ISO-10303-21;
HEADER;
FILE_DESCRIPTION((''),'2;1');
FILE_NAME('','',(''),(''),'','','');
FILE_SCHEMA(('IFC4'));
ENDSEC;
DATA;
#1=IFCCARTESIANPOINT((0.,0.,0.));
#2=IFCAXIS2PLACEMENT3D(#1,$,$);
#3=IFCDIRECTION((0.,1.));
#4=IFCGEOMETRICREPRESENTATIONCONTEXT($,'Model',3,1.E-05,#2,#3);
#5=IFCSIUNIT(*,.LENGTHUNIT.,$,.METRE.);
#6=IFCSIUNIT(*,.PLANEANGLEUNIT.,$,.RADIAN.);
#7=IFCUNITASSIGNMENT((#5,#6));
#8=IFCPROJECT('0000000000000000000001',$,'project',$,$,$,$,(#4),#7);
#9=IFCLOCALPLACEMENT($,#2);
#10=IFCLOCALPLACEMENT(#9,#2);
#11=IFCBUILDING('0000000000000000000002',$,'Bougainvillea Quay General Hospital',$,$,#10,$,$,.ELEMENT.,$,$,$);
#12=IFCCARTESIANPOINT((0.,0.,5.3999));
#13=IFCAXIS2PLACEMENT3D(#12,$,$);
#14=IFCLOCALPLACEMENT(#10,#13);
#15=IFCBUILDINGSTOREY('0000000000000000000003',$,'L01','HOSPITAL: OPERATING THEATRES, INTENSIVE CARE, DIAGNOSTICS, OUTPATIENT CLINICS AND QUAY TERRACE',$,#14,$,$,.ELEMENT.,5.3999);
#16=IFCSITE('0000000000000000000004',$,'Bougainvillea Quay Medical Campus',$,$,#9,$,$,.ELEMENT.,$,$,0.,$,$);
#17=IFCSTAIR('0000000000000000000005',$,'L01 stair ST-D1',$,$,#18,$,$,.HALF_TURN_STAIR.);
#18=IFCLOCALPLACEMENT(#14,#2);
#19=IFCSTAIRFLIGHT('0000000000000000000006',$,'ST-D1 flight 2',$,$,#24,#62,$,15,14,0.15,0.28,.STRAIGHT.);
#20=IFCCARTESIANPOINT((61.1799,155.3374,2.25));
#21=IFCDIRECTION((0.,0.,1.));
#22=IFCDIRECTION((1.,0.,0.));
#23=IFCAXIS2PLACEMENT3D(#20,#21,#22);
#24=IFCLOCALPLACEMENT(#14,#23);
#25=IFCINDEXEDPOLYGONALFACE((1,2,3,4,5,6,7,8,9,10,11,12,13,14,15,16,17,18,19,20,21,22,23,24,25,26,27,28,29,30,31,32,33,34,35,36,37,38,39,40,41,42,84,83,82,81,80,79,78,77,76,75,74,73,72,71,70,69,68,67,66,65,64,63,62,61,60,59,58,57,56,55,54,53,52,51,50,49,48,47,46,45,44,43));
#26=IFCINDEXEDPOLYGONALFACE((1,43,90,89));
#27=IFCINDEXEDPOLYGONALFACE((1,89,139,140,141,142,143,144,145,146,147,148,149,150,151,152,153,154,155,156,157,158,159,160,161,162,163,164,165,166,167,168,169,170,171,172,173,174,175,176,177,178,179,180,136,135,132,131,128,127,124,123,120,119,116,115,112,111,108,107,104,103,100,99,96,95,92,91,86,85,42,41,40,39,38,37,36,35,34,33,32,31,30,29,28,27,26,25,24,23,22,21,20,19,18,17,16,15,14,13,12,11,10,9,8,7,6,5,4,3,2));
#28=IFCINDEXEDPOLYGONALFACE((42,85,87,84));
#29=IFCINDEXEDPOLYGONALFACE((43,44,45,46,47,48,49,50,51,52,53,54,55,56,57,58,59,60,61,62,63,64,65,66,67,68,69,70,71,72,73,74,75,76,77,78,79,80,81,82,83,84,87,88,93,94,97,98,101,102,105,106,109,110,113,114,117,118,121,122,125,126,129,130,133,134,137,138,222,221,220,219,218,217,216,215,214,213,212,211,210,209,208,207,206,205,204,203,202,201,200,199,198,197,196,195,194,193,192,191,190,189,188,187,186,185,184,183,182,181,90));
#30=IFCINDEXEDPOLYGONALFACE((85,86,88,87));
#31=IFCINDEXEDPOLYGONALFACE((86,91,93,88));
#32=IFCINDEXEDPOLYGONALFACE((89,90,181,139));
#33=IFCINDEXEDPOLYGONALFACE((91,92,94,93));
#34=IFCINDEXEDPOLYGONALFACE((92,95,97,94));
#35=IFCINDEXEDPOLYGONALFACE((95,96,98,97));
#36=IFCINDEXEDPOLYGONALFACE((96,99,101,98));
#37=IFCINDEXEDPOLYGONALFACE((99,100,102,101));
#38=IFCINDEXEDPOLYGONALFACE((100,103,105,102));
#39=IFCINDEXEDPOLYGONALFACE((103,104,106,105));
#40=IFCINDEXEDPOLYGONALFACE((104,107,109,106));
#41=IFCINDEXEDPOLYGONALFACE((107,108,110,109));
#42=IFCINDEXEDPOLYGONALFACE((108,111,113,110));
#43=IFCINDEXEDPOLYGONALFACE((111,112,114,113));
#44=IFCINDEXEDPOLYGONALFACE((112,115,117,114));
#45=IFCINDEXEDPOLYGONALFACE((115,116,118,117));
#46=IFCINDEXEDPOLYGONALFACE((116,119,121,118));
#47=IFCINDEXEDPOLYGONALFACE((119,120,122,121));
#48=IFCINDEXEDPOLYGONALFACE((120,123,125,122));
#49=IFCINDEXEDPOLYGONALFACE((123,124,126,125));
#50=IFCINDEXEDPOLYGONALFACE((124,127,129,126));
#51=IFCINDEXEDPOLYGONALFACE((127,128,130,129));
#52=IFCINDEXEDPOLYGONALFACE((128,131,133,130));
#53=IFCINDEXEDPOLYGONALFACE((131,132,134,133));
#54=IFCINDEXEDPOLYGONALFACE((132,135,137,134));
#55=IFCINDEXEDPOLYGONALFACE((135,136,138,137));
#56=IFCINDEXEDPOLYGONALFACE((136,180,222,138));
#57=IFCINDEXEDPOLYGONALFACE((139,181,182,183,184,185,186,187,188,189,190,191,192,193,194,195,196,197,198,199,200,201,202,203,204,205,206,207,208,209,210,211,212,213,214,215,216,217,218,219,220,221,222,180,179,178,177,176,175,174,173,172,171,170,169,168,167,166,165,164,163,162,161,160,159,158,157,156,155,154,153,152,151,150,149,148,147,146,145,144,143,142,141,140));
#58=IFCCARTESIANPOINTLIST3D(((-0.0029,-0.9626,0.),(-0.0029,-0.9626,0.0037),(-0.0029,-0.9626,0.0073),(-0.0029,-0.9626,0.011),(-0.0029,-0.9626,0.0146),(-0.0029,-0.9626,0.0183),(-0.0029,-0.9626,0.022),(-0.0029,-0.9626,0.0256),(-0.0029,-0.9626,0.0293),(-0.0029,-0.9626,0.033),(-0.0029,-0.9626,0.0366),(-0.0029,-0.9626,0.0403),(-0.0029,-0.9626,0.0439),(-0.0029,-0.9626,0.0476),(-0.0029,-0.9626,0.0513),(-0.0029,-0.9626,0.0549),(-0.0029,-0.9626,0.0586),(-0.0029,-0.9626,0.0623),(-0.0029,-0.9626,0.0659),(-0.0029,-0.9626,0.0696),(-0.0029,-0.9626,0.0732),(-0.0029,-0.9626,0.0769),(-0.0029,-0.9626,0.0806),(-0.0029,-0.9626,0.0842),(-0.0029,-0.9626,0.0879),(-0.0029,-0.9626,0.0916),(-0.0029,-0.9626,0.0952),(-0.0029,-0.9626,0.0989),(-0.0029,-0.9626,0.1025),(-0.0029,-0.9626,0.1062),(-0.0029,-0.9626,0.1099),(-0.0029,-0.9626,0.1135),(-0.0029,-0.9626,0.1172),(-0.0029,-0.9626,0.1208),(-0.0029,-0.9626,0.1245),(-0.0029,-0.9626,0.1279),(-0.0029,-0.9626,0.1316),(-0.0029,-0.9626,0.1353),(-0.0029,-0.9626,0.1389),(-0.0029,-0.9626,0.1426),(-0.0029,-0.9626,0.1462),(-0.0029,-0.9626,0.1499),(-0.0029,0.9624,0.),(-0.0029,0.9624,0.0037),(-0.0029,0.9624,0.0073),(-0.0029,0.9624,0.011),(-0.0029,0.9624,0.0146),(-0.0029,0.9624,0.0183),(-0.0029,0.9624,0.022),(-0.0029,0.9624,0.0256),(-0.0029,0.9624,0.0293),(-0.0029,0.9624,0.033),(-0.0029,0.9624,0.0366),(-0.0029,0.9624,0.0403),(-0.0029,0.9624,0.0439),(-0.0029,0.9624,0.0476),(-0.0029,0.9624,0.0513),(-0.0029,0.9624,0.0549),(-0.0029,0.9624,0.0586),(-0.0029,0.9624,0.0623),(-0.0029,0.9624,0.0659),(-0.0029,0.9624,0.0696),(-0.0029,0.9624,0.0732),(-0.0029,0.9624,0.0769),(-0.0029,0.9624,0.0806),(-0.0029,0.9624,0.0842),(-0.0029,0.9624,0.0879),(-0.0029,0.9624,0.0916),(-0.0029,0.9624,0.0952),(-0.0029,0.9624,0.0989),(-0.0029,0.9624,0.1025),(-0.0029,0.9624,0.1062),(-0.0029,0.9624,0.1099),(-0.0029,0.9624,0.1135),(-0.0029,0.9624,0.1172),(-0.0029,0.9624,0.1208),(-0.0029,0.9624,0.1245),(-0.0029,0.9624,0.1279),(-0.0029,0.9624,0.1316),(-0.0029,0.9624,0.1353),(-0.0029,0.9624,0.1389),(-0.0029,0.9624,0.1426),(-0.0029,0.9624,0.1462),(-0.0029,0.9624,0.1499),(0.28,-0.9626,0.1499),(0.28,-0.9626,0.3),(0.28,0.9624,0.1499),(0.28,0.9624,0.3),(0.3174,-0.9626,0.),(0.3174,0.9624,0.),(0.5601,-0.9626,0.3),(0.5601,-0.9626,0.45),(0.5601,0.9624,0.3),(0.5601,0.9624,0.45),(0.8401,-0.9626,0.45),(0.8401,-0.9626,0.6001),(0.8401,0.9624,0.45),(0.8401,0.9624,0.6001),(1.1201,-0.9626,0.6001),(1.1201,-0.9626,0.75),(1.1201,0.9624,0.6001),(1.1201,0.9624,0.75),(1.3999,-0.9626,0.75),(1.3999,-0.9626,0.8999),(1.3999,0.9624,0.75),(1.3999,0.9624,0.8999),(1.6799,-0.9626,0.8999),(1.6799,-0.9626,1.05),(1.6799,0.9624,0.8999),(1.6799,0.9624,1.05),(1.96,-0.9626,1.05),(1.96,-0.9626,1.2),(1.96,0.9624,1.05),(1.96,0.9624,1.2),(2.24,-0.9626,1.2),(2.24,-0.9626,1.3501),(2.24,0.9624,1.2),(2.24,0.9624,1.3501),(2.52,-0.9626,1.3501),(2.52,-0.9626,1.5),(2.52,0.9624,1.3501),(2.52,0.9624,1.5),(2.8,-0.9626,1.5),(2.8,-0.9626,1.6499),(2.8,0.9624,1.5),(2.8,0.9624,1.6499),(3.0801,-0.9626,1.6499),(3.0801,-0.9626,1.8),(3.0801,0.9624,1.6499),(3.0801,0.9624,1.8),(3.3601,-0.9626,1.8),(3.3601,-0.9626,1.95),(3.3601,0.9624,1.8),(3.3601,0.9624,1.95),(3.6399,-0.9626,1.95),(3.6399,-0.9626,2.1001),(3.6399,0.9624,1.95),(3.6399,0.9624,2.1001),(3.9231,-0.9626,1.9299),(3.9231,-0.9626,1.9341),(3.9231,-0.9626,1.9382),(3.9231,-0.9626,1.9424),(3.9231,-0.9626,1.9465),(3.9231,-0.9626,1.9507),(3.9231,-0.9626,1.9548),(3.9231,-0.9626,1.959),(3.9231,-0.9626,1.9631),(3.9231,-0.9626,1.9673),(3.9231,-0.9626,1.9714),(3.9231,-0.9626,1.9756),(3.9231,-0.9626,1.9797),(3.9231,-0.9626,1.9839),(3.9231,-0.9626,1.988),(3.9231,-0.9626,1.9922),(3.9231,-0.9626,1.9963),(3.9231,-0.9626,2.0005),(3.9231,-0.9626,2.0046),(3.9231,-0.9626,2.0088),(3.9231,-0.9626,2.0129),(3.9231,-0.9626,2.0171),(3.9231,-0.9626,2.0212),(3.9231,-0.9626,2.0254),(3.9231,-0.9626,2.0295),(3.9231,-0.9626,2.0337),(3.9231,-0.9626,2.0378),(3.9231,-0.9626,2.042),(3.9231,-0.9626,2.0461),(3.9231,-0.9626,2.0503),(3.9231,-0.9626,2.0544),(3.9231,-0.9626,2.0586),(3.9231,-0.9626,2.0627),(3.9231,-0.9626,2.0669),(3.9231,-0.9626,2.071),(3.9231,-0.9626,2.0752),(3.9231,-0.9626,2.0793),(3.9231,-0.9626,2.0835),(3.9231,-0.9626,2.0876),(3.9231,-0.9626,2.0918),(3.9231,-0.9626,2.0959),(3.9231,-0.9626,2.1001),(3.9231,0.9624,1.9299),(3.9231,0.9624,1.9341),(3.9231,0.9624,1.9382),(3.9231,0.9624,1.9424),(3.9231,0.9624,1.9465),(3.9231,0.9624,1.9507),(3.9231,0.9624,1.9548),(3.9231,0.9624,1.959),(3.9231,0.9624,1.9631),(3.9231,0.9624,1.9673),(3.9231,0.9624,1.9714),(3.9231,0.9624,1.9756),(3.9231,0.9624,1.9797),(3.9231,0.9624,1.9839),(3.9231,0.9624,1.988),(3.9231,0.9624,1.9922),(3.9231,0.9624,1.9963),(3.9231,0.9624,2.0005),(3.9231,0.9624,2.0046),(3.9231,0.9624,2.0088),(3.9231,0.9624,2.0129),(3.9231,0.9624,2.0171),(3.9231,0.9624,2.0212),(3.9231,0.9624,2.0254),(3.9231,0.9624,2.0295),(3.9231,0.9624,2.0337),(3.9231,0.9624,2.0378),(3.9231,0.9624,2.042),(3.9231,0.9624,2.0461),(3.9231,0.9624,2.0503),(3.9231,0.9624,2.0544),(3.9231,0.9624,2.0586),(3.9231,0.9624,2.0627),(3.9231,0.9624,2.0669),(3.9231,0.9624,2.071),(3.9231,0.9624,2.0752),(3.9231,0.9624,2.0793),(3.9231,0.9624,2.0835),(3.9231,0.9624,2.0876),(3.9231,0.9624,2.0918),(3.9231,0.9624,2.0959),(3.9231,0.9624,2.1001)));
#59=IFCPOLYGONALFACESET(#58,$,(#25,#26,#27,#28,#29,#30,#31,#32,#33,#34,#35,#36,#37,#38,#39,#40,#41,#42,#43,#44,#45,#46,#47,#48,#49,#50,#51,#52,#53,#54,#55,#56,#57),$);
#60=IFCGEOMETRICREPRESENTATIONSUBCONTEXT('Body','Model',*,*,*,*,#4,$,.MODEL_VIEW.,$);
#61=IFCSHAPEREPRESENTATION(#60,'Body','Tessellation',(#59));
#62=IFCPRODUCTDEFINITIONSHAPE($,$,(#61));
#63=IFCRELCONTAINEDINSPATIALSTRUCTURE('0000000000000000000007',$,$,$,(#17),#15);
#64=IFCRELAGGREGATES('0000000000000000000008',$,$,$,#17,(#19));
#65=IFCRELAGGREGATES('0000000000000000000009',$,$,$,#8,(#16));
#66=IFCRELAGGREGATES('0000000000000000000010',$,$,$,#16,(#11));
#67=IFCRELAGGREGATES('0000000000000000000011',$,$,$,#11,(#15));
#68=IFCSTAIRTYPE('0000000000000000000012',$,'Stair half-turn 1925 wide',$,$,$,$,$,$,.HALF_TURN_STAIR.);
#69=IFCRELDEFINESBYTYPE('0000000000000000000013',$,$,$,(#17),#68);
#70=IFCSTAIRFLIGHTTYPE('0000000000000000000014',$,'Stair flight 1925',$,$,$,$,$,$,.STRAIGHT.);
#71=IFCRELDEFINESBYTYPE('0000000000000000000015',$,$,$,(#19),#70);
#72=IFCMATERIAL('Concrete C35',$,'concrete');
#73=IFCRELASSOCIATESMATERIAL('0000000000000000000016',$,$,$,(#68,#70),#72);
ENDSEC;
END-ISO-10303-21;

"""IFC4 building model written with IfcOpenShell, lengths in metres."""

from ifc_helpers import new_model, si_unit, direction, frame, origin, place, context, subcontext, project, spatial, polyline, outline, extrude, material, type_object, element, aggregate, save


model = new_model("IFC4")

# Units and contexts
model_context = context("Model", 3, precision=1e-05, world=origin(), true_north=direction((0.0, 1.0)))
body_context = subcontext(model_context, "Body", "Model", "MODEL_VIEW")
ifc_project = project(units=[si_unit("LENGTHUNIT", "METRE"), si_unit("PLANEANGLEUNIT", "RADIAN")], contexts=[model_context])

# Site, building, storey
site_placement = place(None, origin())
site = spatial("IfcSite", under=ifc_project, at=site_placement, Name="Bougainvillea Quay Medical Campus", CompositionType="ELEMENT", RefElevation=0.0)
building_placement = place(site_placement, origin())
building = spatial("IfcBuilding", under=site, at=building_placement, Name="Bougainvillea Quay General Hospital", CompositionType="ELEMENT")
storey_placement = place(building_placement, frame((0.0, 0.0, 5.3999)))
storey = spatial("IfcBuildingStorey", under=building, at=storey_placement, Name="L01", Description="HOSPITAL: OPERATING THEATRES, INTENSIVE CARE, DIAGNOSTICS, OUTPATIENT CLINICS AND QUAY TERRACE", CompositionType="ELEMENT", Elevation=5.3999)

# Stair, stair flight
ifc_material_1 = material(Name="Concrete C35", Category="concrete")
stair_type = type_object("IfcStairType", Name="Stair half-turn 1925 wide", PredefinedType="HALF_TURN_STAIR", material=ifc_material_1)
stair_placement = place(storey_placement, origin())
stair = element("IfcStair", 1, at=stair_placement, inside=storey, type_object=stair_type, Name="L01 stair ST-D1", PredefinedType="HALF_TURN_STAIR")
stair_flight_type = type_object("IfcStairFlightType", Name="Stair flight 1925", PredefinedType="STRAIGHT", material=ifc_material_1)
stair_flight_1_placement = place(storey_placement, frame((61.1799, 155.3374, 2.25), z_axis=(0.0, 0.0, 1.0), x_axis=(1.0, 0.0, 0.0)))
stair_flight_1 = element("IfcStairFlight", 2, at=stair_flight_1_placement, type_object=stair_flight_type, Name="ST-D1 flight 2", NumberOfRisers=15, NumberOfTreads=14, PredefinedType="STRAIGHT", RiserHeight=0.15, TreadLength=0.28, context=body_context, shape_type="SweptSolid", body=[
    extrude(outline(polyline([(-0.0029, 0.0), (-0.0029, 0.0037), (-0.0029, 0.0073), (-0.0029, 0.011), (-0.0029, 0.0146), (-0.0029, 0.0183), (-0.0029, 0.022), (-0.0029, 0.0256), (-0.0029, 0.0293), (-0.0029, 0.033), (-0.0029, 0.0366), (-0.0029, 0.0403), (-0.0029, 0.0439), (-0.0029, 0.0476), (-0.0029, 0.0513), (-0.0029, 0.0549), (-0.0029, 0.0586), (-0.0029, 0.0623), (-0.0029, 0.0659), (-0.0029, 0.0696), (-0.0029, 0.0732), (-0.0029, 0.0769), (-0.0029, 0.0806), (-0.0029, 0.0842), (-0.0029, 0.0879), (-0.0029, 0.0916), (-0.0029, 0.0952), (-0.0029, 0.0989), (-0.0029, 0.1025), (-0.0029, 0.1062), (-0.0029, 0.1099), (-0.0029, 0.1135), (-0.0029, 0.1172), (-0.0029, 0.1208), (-0.0029, 0.1245), (-0.0029, 0.1279), (-0.0029, 0.1316), (-0.0029, 0.1353), (-0.0029, 0.1389), (-0.0029, 0.1426), (-0.0029, 0.1462), (-0.0029, 0.1499), (0.28, 0.1499), (0.28, 0.3), (0.5601, 0.3), (0.5601, 0.45), (0.8401, 0.45), (0.8401, 0.6001), (1.1201, 0.6001), (1.1201, 0.75), (1.3999, 0.75), (1.3999, 0.8999), (1.6799, 0.8999), (1.6799, 1.05), (1.96, 1.05), (1.96, 1.2), (2.24, 1.2), (2.24, 1.3501), (2.52, 1.3501), (2.52, 1.5), (2.8, 1.5), (2.8, 1.6499), (3.0801, 1.6499), (3.0801, 1.8), (3.3601, 1.8), (3.3601, 1.95), (3.6399, 1.95), (3.6399, 2.1001), (3.9231, 2.1001), (3.9231, 2.0959), (3.9231, 2.0918), (3.9231, 2.0876), (3.9231, 2.0835), (3.9231, 2.0793), (3.9231, 2.0752), (3.9231, 2.071), (3.9231, 2.0669), (3.9231, 2.0627), (3.9231, 2.0586), (3.9231, 2.0544), (3.9231, 2.0503), (3.9231, 2.0461), (3.9231, 2.042), (3.9231, 2.0378), (3.9231, 2.0337), (3.9231, 2.0295), (3.9231, 2.0254), (3.9231, 2.0212), (3.9231, 2.0171), (3.9231, 2.0129), (3.9231, 2.0088), (3.9231, 2.0046), (3.9231, 2.0005), (3.9231, 1.9963), (3.9231, 1.9922), (3.9231, 1.988), (3.9231, 1.9839), (3.9231, 1.9797), (3.9231, 1.9756), (3.9231, 1.9714), (3.9231, 1.9673), (3.9231, 1.9631), (3.9231, 1.959), (3.9231, 1.9548), (3.9231, 1.9507), (3.9231, 1.9465), (3.9231, 1.9424), (3.9231, 1.9382), (3.9231, 1.9341), (3.9231, 1.9299), (0.3174, 0.0), (-0.0029, 0.0)])), frame((0.0, 0.9624, 0.0), z_axis=(0.0, -1.0, 0.0), x_axis=(1.0, 0.0, 0.0)), (0.0, 0.0, 1.0), 1.925),
])
aggregate(stair, [stair_flight_1])

save(model, "model.ifc")
